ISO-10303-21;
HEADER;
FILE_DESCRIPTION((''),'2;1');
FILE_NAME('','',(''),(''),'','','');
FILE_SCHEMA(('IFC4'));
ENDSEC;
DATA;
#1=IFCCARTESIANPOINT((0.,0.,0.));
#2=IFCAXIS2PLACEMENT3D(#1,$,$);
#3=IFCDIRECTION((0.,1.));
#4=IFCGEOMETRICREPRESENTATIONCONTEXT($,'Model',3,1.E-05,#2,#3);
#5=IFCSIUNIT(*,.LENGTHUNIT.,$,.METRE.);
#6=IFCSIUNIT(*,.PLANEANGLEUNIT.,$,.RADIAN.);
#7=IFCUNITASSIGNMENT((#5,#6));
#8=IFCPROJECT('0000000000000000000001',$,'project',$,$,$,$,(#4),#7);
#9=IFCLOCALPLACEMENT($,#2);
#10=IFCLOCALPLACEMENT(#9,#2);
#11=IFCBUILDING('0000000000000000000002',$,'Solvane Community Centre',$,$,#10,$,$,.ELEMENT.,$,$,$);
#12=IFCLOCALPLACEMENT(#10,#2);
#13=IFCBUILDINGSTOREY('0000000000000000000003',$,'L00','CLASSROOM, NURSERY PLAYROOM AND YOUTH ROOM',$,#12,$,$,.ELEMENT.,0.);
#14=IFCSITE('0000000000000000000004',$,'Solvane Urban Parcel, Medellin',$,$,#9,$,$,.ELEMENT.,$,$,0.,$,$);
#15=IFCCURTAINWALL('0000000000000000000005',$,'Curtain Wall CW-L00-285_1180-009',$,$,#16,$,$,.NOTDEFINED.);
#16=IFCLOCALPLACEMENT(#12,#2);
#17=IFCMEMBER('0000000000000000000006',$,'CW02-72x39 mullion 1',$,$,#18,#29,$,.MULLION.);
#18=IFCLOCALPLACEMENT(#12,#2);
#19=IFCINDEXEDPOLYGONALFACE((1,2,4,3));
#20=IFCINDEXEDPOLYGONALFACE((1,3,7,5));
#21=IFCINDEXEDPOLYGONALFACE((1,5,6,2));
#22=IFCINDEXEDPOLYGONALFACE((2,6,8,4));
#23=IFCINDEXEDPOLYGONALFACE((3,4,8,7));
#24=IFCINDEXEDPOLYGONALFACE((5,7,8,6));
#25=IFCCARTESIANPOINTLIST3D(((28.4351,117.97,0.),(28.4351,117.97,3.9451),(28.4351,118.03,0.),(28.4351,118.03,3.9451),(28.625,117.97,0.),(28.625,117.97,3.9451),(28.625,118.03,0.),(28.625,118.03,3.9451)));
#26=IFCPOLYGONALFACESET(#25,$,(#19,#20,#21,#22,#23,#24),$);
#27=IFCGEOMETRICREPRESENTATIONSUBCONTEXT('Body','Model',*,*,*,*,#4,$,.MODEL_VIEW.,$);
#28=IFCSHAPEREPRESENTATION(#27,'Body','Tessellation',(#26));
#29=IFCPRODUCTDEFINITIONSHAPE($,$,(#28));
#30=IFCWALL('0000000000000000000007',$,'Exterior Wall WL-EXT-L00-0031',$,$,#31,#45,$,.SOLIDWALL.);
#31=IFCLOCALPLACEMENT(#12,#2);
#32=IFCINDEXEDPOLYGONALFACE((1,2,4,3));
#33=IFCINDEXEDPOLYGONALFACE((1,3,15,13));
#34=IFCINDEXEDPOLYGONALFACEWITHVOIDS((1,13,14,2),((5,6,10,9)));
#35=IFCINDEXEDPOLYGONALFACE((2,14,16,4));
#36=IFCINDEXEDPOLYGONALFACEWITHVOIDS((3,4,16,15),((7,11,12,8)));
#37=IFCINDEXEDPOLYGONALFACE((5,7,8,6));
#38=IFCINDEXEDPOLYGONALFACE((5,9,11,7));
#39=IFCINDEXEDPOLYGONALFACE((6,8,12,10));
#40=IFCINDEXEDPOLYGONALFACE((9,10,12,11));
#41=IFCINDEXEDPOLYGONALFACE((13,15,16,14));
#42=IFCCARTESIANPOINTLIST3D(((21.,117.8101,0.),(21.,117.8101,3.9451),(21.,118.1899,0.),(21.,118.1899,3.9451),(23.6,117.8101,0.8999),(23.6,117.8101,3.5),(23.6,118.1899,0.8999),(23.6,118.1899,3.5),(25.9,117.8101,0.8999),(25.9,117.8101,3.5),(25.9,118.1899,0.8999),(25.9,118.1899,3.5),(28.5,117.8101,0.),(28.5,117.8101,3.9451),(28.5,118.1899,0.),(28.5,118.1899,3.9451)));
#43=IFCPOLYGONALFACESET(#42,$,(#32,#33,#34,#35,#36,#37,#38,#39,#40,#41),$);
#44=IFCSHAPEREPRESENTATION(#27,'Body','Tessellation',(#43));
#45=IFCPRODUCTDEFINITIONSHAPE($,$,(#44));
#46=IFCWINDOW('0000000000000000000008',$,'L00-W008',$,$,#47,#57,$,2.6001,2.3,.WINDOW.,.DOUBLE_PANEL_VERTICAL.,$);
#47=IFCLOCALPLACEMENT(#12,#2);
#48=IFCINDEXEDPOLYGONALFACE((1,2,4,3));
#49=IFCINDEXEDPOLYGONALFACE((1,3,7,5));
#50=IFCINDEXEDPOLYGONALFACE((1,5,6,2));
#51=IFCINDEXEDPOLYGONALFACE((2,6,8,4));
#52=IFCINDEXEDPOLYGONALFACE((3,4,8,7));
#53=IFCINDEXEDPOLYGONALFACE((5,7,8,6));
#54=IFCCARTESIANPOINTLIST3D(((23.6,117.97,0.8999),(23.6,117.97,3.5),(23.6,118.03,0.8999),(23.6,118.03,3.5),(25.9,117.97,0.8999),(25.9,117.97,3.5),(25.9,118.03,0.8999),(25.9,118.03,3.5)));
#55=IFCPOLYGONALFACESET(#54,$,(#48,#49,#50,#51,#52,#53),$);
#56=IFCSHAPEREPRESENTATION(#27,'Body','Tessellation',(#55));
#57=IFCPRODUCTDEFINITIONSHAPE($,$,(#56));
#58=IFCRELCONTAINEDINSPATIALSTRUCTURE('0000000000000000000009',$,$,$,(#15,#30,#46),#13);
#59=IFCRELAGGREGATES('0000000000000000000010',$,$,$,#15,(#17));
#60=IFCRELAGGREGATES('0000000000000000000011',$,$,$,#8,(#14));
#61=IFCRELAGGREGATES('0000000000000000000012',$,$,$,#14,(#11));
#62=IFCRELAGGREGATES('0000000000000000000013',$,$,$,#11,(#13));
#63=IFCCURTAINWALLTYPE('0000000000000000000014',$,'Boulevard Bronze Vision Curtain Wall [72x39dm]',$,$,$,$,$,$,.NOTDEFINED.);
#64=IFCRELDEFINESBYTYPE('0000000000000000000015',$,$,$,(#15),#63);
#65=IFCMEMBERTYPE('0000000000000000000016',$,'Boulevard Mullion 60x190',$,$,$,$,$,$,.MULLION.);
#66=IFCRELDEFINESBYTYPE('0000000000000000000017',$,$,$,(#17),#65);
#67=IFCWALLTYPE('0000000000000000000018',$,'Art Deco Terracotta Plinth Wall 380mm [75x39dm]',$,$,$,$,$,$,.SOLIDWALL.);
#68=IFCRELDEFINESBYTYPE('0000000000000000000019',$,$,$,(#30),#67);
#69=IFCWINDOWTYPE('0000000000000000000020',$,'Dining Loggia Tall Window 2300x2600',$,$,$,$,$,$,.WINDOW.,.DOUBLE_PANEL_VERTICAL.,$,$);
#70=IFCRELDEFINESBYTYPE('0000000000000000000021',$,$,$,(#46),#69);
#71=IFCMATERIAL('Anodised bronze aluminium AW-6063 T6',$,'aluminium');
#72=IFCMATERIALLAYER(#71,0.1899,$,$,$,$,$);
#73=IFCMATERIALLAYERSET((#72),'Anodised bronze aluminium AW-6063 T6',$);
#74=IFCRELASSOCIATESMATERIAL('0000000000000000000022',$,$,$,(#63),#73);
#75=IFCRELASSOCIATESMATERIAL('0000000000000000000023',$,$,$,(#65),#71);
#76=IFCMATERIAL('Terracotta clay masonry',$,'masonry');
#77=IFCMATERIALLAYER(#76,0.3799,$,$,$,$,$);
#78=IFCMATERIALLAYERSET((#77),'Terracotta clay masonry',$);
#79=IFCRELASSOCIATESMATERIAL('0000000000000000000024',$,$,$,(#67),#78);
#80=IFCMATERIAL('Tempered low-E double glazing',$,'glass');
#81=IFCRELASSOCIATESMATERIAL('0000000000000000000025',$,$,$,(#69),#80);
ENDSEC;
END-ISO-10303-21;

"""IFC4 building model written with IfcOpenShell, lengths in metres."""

from ifc_helpers import new_model, si_unit, direction, frame, frame_2d, origin, origin_2d, place, context, subcontext, project, spatial, rectangle, extrude, material, layer, layer_set, material_profile, profile_set, type_object, element, fill, aggregate, save


model = new_model("IFC4")

# Units and contexts
model_context = context("Model", 3, precision=1e-05, world=origin(), true_north=direction((0.0, 1.0)))
body_context = subcontext(model_context, "Body", "Model", "MODEL_VIEW")
ifc_project = project(units=[si_unit("LENGTHUNIT", "METRE"), si_unit("PLANEANGLEUNIT", "RADIAN")], contexts=[model_context])

# Site, building, storey
site_placement = place(None, origin())
site = spatial("IfcSite", under=ifc_project, at=site_placement, Name="Solvane Urban Parcel, Medellin", CompositionType="ELEMENT", RefElevation=0.0)
building_placement = place(site_placement, origin())
building = spatial("IfcBuilding", under=site, at=building_placement, Name="Solvane Community Centre", CompositionType="ELEMENT")
storey_placement = place(building_placement, origin())
storey = spatial("IfcBuildingStorey", under=building, at=storey_placement, Name="L00", Description="CLASSROOM, NURSERY PLAYROOM AND YOUTH ROOM", CompositionType="ELEMENT", Elevation=0.0)

# Curtain wall, member
ifc_material_1 = material(Name="Anodised bronze aluminium AW-6063 T6", Category="aluminium")
ifc_layer_1 = layer(ifc_material_1, 0.1899)
ifc_layer_set_1 = layer_set([ifc_layer_1], Name="Anodised bronze aluminium AW-6063 T6")
curtain_wall_type = type_object("IfcCurtainWallType", Name="Boulevard Bronze Vision Curtain Wall [72x39dm]", PredefinedType="NOTDEFINED", material=ifc_layer_set_1)
curtain_wall_placement = place(storey_placement, origin())
curtain_wall = element("IfcCurtainWall", 1, at=curtain_wall_placement, inside=storey, type_object=curtain_wall_type, Name="Curtain Wall CW-L00-285_1180-009", PredefinedType="NOTDEFINED")
ifc_material_profile_1 = material_profile(ifc_material_1, rectangle(XDim=0.0601, YDim=0.1899, at=origin_2d()), Name="CW-M 60x190")
ifc_profile_set_1 = profile_set([ifc_material_profile_1], Name="Anodised bronze aluminium AW-6063 T6")
member_type = type_object("IfcMemberType", Name="Boulevard Mullion 60x190", PredefinedType="MULLION", material=ifc_profile_set_1)
member_placement = place(storey_placement, frame((28.53, 118.0, 0.0), z_axis=(0.0, 0.0, 1.0), x_axis=(0.0, 1.0, 0.0)))
member = element("IfcMember", 2, at=member_placement, type_object=member_type, Name="CW02-72x39 mullion 1", PredefinedType="MULLION", context=body_context, shape_type="SweptSolid", body=[
    extrude(rectangle(XDim=0.0601, YDim=0.1899, at=origin_2d()), origin(), (0.0, 0.0, 1.0), 3.9451),
])
aggregate(curtain_wall, [member])

# Wall, opening, window
ifc_material_2 = material(Name="Terracotta clay masonry", Category="masonry")
ifc_layer_2 = layer(ifc_material_2, 0.3799)
ifc_layer_set_2 = layer_set([ifc_layer_2], Name="Terracotta clay masonry")
wall_type = type_object("IfcWallType", Name="Art Deco Terracotta Plinth Wall 380mm [75x39dm]", PredefinedType="SOLIDWALL", material=ifc_layer_set_2)
wall_placement = place(storey_placement, frame((21.0, 118.0, 0.0), z_axis=(0.0, 0.0, 1.0), x_axis=(1.0, 0.0, 0.0)))
wall = element("IfcWall", 3, at=wall_placement, inside=storey, type_object=wall_type, Name="Exterior Wall WL-EXT-L00-0031", PredefinedType="SOLIDWALL", context=body_context, shape_type="SweptSolid", body=[
    extrude(rectangle(XDim=7.5, YDim=0.3799, at=frame_2d((3.75, 0.0))), origin(), (0.0, 0.0, 1.0), 3.9451),
])
opening_placement = place(wall_placement, frame((2.6001, 0.0, 0.8999)))
opening = element("IfcOpeningElement", 4, at=opening_placement, cuts=wall, PredefinedType="OPENING", context=body_context, shape_type="SweptSolid", body=[
    extrude(rectangle(XDim=2.3, YDim=2.6001, at=frame_2d((1.1499, 1.3))), frame((0.0, 0.2, 0.0), z_axis=(0.0, -1.0, 0.0), x_axis=(1.0, 0.0, 0.0)), (0.0, 0.0, 1.0), 0.3999),
])
ifc_material_3 = material(Name="Tempered low-E double glazing", Category="glass")
window_type = type_object("IfcWindowType", Name="Dining Loggia Tall Window 2300x2600", PartitioningType="DOUBLE_PANEL_VERTICAL", PredefinedType="WINDOW", material=ifc_material_3)
window_placement = place(opening_placement, origin())
window = element("IfcWindow", 5, at=window_placement, inside=storey, type_object=window_type, Name="L00-W008", OverallHeight=2.6001, OverallWidth=2.3, PartitioningType="DOUBLE_PANEL_VERTICAL", PredefinedType="WINDOW", context=body_context, shape_type="SweptSolid", body=[
    extrude(rectangle(XDim=2.3, YDim=2.6001, at=frame_2d((1.1499, 1.3))), frame((0.0, 0.03, 0.0), z_axis=(0.0, -1.0, 0.0), x_axis=(1.0, 0.0, 0.0)), (0.0, 0.0, 1.0), 0.0601),
])
fill(opening, window)

save(model, "model.ifc")
